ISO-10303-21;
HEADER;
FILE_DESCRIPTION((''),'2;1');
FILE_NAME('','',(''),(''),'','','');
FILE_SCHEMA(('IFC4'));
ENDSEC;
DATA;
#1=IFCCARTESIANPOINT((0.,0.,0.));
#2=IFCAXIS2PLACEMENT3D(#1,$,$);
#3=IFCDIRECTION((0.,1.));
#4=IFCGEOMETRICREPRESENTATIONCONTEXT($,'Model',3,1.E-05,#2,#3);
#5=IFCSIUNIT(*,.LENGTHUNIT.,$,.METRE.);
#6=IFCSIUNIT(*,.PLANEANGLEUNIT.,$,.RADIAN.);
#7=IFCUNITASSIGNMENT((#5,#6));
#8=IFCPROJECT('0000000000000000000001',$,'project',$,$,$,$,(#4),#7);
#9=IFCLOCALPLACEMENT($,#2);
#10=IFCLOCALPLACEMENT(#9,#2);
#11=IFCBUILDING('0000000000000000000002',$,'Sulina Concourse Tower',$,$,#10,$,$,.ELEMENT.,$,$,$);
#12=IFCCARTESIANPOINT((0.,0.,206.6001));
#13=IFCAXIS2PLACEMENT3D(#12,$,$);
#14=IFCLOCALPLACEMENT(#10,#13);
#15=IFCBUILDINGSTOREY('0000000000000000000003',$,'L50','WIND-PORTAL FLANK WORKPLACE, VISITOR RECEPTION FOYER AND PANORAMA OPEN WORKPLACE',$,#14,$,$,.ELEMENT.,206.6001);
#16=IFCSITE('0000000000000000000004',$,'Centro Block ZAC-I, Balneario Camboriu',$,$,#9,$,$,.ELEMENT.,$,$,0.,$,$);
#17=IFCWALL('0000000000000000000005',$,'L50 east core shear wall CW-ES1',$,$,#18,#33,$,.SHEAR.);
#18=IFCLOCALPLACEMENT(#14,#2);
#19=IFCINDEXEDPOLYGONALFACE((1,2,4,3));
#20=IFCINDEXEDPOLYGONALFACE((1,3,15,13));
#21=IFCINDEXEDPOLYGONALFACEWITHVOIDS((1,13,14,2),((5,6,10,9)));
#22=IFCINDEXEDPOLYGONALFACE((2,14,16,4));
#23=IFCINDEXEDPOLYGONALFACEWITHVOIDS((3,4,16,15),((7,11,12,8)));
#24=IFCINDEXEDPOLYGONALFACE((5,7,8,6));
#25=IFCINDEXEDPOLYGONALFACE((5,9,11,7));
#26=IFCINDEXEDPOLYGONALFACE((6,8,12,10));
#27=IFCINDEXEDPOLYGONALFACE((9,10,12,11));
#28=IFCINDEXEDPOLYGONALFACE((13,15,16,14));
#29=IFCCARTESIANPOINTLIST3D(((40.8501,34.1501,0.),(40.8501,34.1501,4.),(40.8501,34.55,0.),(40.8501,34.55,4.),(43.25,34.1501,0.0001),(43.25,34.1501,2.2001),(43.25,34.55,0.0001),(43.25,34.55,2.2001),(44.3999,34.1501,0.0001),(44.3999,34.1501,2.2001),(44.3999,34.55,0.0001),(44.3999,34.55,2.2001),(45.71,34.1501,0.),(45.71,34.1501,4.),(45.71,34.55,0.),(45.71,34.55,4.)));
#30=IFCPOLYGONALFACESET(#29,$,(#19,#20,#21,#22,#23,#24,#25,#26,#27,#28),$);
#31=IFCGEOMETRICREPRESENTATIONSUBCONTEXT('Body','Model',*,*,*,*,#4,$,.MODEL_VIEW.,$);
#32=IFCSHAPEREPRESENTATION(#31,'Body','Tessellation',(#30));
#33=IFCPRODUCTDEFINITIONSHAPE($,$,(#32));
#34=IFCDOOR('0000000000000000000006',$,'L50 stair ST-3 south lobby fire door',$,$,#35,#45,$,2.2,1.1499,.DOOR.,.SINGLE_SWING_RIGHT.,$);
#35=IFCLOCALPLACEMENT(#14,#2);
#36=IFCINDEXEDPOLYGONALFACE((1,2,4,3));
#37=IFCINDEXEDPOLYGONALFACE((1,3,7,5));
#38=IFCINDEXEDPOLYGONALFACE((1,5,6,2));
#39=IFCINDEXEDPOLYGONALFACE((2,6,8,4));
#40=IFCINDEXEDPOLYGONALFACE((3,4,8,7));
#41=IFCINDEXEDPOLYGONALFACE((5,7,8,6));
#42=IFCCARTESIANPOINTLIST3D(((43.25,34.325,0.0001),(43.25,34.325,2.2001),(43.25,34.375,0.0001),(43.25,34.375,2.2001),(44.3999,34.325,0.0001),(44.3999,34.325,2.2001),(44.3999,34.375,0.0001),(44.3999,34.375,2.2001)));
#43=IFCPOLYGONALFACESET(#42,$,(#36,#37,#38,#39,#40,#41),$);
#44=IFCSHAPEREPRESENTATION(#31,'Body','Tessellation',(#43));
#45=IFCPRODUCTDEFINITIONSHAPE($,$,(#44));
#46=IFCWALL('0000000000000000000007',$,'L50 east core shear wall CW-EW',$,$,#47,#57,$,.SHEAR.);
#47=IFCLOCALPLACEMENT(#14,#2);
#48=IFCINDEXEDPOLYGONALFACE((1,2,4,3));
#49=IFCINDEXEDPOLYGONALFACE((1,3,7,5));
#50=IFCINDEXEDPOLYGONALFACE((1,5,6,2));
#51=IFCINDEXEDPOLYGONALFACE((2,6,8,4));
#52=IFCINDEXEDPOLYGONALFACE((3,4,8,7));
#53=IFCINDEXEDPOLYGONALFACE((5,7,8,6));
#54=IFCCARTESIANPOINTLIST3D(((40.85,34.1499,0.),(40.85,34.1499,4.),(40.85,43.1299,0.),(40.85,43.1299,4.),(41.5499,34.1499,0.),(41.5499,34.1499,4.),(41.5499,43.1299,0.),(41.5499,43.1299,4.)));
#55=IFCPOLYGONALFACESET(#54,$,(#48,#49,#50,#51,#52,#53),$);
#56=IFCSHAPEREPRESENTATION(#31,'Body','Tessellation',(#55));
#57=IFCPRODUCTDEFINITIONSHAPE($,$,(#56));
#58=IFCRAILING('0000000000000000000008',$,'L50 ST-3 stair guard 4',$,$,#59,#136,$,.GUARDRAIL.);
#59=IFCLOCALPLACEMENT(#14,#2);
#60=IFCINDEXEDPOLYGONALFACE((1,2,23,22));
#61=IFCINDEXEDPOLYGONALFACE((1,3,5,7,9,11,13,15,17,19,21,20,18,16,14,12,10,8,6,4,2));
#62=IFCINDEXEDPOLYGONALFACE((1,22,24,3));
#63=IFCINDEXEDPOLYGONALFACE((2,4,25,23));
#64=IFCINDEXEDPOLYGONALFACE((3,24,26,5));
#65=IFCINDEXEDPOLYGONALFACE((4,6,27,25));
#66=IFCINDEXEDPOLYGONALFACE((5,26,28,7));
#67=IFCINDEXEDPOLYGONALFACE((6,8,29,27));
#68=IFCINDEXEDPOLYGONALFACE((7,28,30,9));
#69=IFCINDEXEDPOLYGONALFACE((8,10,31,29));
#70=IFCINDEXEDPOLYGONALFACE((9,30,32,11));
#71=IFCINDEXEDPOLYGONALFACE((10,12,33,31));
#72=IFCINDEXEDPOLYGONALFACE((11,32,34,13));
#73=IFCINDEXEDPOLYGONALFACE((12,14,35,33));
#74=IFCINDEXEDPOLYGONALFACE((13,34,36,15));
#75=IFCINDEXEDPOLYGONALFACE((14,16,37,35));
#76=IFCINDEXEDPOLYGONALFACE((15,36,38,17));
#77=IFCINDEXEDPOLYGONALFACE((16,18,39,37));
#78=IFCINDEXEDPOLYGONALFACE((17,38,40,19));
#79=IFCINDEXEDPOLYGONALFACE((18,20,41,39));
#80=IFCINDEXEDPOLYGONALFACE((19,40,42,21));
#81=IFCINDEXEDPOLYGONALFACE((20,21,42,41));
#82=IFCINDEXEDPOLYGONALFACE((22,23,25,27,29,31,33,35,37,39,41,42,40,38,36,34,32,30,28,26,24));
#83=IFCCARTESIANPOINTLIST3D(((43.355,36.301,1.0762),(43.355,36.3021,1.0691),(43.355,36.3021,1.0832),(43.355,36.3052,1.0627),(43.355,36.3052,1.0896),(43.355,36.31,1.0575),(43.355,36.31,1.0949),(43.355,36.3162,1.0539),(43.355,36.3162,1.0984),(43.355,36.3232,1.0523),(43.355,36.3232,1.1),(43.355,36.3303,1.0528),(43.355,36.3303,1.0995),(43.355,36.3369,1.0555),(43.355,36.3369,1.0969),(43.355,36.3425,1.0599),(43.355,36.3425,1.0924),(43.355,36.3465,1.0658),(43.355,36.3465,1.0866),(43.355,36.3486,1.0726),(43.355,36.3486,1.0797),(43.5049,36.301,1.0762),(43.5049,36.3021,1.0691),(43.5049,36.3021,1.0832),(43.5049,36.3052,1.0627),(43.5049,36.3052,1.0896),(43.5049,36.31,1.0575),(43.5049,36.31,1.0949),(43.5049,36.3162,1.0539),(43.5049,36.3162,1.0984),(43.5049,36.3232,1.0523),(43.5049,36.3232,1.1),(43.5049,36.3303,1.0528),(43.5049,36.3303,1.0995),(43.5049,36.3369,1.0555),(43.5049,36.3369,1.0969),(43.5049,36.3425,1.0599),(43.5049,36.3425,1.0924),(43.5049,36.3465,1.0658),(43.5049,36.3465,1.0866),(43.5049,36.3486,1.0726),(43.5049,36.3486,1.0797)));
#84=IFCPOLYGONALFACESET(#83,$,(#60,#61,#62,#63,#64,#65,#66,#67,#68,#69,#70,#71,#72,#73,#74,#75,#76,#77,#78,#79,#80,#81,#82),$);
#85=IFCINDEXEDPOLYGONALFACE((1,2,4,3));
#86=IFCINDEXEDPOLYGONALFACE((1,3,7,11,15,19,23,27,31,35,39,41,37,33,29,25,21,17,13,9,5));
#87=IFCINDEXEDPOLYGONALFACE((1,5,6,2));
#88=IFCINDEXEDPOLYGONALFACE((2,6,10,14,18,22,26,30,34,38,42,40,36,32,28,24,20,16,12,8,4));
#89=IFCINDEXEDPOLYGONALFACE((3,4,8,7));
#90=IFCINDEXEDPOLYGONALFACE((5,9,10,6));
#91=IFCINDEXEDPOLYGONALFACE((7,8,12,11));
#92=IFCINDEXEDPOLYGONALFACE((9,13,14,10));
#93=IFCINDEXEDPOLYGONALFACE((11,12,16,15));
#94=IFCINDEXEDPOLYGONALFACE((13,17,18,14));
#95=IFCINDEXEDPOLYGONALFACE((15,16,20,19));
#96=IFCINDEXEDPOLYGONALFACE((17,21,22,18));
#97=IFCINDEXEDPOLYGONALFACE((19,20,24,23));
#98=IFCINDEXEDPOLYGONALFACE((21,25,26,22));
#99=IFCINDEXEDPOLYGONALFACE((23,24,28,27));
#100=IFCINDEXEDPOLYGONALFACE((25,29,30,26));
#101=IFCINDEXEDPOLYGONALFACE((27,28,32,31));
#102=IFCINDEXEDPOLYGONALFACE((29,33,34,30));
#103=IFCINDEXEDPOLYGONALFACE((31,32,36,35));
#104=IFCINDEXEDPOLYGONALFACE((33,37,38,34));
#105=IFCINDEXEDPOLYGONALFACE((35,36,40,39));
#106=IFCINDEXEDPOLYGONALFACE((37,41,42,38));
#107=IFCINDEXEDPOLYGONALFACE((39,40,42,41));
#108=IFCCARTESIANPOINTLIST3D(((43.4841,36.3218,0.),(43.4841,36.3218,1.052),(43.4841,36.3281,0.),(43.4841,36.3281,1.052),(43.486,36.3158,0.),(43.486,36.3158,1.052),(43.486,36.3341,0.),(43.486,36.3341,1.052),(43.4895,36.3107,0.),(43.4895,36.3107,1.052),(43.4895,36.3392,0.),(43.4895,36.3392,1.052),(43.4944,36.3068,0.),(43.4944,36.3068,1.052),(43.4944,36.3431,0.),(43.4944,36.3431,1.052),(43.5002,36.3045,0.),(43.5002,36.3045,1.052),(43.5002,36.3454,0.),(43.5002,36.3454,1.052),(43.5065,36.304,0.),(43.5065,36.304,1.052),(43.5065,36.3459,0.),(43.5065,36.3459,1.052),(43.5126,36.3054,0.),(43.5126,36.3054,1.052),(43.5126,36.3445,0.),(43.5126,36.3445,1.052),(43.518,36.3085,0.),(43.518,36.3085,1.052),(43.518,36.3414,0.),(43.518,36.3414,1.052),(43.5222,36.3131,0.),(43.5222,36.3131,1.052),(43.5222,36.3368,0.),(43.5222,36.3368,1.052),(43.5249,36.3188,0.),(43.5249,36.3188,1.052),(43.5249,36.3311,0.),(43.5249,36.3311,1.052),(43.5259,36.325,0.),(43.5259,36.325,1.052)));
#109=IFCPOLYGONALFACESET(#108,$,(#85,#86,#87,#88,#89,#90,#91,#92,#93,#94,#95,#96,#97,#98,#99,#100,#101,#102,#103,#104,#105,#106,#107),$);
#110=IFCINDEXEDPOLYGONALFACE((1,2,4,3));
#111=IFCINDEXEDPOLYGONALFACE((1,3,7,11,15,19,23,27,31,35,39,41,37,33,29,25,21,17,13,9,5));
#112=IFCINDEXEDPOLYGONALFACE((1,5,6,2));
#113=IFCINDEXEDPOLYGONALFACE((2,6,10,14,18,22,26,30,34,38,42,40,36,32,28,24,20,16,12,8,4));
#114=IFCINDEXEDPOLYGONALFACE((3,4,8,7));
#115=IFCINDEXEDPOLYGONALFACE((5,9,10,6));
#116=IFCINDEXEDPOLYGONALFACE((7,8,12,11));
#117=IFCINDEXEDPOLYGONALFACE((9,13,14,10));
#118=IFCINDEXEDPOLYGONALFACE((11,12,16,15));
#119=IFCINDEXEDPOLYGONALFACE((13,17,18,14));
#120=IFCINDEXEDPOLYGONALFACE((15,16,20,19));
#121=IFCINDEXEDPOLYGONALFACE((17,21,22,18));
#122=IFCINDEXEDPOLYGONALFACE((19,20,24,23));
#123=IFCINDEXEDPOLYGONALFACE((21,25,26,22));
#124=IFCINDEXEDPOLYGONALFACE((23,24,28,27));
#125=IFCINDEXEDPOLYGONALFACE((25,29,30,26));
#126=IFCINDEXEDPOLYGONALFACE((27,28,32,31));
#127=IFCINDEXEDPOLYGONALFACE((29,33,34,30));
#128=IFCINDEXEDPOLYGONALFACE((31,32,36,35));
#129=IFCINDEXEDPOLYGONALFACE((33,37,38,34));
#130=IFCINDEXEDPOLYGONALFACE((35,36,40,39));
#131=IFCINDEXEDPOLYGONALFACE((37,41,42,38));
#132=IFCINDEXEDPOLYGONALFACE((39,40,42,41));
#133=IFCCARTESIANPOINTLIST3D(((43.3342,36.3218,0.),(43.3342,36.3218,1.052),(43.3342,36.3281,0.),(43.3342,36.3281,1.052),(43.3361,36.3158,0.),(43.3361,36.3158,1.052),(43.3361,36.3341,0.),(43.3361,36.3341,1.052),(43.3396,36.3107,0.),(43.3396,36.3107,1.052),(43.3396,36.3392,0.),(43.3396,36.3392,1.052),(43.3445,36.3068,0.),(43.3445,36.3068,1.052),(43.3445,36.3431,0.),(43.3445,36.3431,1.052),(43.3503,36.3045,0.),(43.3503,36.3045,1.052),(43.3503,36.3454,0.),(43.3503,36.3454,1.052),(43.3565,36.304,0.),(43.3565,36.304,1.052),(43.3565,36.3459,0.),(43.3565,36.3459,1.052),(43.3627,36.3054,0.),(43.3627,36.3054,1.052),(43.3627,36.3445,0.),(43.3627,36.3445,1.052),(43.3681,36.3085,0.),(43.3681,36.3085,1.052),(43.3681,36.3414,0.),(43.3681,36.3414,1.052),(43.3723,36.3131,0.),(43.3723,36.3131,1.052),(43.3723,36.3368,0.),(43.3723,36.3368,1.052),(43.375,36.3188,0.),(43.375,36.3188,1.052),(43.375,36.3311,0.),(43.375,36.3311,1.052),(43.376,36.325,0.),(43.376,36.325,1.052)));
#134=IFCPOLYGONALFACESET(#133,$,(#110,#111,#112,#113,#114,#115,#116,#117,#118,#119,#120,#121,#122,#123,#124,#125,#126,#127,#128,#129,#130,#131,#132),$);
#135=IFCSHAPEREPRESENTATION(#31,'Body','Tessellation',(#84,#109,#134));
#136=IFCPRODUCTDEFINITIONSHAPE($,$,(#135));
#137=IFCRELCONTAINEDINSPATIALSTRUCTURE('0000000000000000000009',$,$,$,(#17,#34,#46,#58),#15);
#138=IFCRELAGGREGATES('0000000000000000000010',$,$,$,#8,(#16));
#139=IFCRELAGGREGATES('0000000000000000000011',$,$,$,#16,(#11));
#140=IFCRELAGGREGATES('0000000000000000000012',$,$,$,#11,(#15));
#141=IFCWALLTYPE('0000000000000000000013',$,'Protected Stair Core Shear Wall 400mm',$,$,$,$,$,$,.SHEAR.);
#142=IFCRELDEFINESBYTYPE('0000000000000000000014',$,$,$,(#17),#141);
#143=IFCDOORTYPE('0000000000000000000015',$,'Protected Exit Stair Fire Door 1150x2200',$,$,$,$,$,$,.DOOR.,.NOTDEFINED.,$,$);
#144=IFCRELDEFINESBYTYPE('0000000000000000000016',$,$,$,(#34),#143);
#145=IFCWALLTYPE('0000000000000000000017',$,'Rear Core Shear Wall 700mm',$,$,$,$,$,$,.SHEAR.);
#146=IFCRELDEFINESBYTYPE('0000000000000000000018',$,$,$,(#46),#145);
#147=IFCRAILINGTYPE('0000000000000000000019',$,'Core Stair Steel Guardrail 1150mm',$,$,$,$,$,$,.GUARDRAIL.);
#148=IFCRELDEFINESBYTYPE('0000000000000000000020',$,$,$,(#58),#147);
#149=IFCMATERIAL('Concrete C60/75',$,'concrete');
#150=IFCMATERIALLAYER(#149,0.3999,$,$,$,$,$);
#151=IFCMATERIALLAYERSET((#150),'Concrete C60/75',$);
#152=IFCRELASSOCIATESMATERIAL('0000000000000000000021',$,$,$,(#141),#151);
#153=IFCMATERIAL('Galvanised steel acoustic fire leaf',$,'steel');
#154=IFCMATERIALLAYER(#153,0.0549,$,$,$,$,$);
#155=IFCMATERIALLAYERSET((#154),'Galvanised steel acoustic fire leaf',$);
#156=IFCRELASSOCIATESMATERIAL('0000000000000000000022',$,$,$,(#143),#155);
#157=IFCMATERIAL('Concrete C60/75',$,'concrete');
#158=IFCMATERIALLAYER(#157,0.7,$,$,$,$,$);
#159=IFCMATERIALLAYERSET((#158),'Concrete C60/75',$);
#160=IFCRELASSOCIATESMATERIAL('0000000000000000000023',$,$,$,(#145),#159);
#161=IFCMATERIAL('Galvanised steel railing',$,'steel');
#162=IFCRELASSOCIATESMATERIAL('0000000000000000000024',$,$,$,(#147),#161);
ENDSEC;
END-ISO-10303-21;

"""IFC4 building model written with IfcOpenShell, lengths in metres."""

from ifc_helpers import new_model, si_unit, direction, frame, frame_2d, origin, origin_2d, place, context, subcontext, project, spatial, rectangle, circle, extrude, material, layer, layer_set, type_object, element, fill, save


model = new_model("IFC4")

# Units and contexts
model_context = context("Model", 3, precision=1e-05, world=origin(), true_north=direction((0.0, 1.0)))
body_context = subcontext(model_context, "Body", "Model", "MODEL_VIEW")
ifc_project = project(units=[si_unit("LENGTHUNIT", "METRE"), si_unit("PLANEANGLEUNIT", "RADIAN")], contexts=[model_context])

# Site, building, storey
site_placement = place(None, origin())
site = spatial("IfcSite", under=ifc_project, at=site_placement, Name="Centro Block ZAC-I, Balneario Camboriu", CompositionType="ELEMENT", RefElevation=0.0)
building_placement = place(site_placement, origin())
building = spatial("IfcBuilding", under=site, at=building_placement, Name="Sulina Concourse Tower", CompositionType="ELEMENT")
storey_placement = place(building_placement, frame((0.0, 0.0, 206.6001)))
storey = spatial("IfcBuildingStorey", under=building, at=storey_placement, Name="L50", Description="WIND-PORTAL FLANK WORKPLACE, VISITOR RECEPTION FOYER AND PANORAMA OPEN WORKPLACE", CompositionType="ELEMENT", Elevation=206.6001)

# Wall, opening, door
ifc_material_1 = material(Name="Concrete C60/75", Category="concrete")
ifc_layer_1 = layer(ifc_material_1, 0.3999)
ifc_layer_set_1 = layer_set([ifc_layer_1], Name="Concrete C60/75")
wall_type_1 = type_object("IfcWallType", Name="Protected Stair Core Shear Wall 400mm", PredefinedType="SHEAR", material=ifc_layer_set_1)
wall_1_placement = place(storey_placement, frame((40.8501, 34.3501, 0.0), z_axis=(0.0, 0.0, 1.0), x_axis=(1.0, 0.0, 0.0)))
wall_1 = element("IfcWall", 1, at=wall_1_placement, inside=storey, type_object=wall_type_1, Name="L50 east core shear wall CW-ES1", PredefinedType="SHEAR", context=body_context, shape_type="SweptSolid", body=[
    extrude(rectangle(XDim=4.8599, YDim=0.3999, at=frame_2d((2.4299, 0.0))), origin(), (0.0, 0.0, 1.0), 4.0),
])
opening_1_placement = place(wall_1_placement, frame((2.3999, 0.0, 0.0)))
opening_1 = element("IfcOpeningElement", 2, at=opening_1_placement, cuts=wall_1, PredefinedType="OPENING", context=body_context, shape_type="SweptSolid", body=[
    extrude(rectangle(XDim=1.1499, YDim=2.2, at=frame_2d((0.575, 1.1001))), frame((0.0, 0.21, 0.0), z_axis=(0.0, -1.0, 0.0), x_axis=(1.0, 0.0, 0.0)), (0.0, 0.0, 1.0), 0.4199),
])
ifc_material_2 = material(Name="Galvanised steel acoustic fire leaf", Category="steel")
ifc_layer_2 = layer(ifc_material_2, 0.0549)
ifc_layer_set_2 = layer_set([ifc_layer_2], Name="Galvanised steel acoustic fire leaf")
door_type_1 = type_object("IfcDoorType", Name="Protected Exit Stair Fire Door 1150x2200", OperationType="NOTDEFINED", PredefinedType="DOOR", material=ifc_layer_set_2)
door_1_placement = place(opening_1_placement, origin())
door_1 = element("IfcDoor", 3, at=door_1_placement, inside=storey, type_object=door_type_1, Name="L50 stair ST-3 south lobby fire door", OperationType="SINGLE_SWING_RIGHT", OverallHeight=2.2, OverallWidth=1.1499, PredefinedType="DOOR", context=body_context, shape_type="SweptSolid", body=[
    extrude(rectangle(XDim=1.1499, YDim=2.2, at=frame_2d((0.575, 1.1001))), frame((0.0, 0.0249, 0.0), z_axis=(0.0, -1.0, 0.0), x_axis=(1.0, 0.0, 0.0)), (0.0, 0.0, 1.0), 0.05),
])
fill(opening_1, door_1)

# Wall
ifc_material_3 = material(Name="Concrete C60/75", Category="concrete")
ifc_layer_3 = layer(ifc_material_3, 0.7)
ifc_layer_set_3 = layer_set([ifc_layer_3], Name="Concrete C60/75")
wall_type_2 = type_object("IfcWallType", Name="Rear Core Shear Wall 700mm", PredefinedType="SHEAR", material=ifc_layer_set_3)
wall_2_placement = place(storey_placement, frame((41.2, 34.1499, 0.0), z_axis=(0.0, 0.0, 1.0), x_axis=(0.0, 1.0, 0.0)))
element("IfcWall", 4, at=wall_2_placement, inside=storey, type_object=wall_type_2, Name="L50 east core shear wall CW-EW", PredefinedType="SHEAR", context=body_context, shape_type="SweptSolid", body=[
    extrude(rectangle(XDim=8.98, YDim=0.7, at=frame_2d((4.49, 0.0))), origin(), (0.0, 0.0, 1.0), 4.0),
])

# Railing
ifc_material_4 = material(Name="Galvanised steel railing", Category="steel")
railing_type = type_object("IfcRailingType", Name="Core Stair Steel Guardrail 1150mm", PredefinedType="GUARDRAIL", material=ifc_material_4)
railing_placement = place(storey_placement, frame((43.5049, 36.325, 0.0)))
element("IfcRailing", 5, at=railing_placement, inside=storey, type_object=railing_type, Name="L50 ST-3 stair guard 4", PredefinedType="GUARDRAIL", context=body_context, shape_type="SweptSolid", body=[
    extrude(circle(Radius=0.0239, at=origin_2d()), frame((0.0, 0.0, 1.0762), z_axis=(-1.0, 0.0, 0.0), x_axis=(0.0, -1.0, 0.0)), (0.0, 0.0, 1.0), 0.1499),
    extrude(circle(Radius=0.021, at=origin_2d()), origin(), (0.0, 0.0, 1.0), 1.052),
    extrude(circle(Radius=0.021, at=origin_2d()), frame((-0.1499, 0.0, 0.0)), (0.0, 0.0, 1.0), 1.052),
])

save(model, "model.ifc")
